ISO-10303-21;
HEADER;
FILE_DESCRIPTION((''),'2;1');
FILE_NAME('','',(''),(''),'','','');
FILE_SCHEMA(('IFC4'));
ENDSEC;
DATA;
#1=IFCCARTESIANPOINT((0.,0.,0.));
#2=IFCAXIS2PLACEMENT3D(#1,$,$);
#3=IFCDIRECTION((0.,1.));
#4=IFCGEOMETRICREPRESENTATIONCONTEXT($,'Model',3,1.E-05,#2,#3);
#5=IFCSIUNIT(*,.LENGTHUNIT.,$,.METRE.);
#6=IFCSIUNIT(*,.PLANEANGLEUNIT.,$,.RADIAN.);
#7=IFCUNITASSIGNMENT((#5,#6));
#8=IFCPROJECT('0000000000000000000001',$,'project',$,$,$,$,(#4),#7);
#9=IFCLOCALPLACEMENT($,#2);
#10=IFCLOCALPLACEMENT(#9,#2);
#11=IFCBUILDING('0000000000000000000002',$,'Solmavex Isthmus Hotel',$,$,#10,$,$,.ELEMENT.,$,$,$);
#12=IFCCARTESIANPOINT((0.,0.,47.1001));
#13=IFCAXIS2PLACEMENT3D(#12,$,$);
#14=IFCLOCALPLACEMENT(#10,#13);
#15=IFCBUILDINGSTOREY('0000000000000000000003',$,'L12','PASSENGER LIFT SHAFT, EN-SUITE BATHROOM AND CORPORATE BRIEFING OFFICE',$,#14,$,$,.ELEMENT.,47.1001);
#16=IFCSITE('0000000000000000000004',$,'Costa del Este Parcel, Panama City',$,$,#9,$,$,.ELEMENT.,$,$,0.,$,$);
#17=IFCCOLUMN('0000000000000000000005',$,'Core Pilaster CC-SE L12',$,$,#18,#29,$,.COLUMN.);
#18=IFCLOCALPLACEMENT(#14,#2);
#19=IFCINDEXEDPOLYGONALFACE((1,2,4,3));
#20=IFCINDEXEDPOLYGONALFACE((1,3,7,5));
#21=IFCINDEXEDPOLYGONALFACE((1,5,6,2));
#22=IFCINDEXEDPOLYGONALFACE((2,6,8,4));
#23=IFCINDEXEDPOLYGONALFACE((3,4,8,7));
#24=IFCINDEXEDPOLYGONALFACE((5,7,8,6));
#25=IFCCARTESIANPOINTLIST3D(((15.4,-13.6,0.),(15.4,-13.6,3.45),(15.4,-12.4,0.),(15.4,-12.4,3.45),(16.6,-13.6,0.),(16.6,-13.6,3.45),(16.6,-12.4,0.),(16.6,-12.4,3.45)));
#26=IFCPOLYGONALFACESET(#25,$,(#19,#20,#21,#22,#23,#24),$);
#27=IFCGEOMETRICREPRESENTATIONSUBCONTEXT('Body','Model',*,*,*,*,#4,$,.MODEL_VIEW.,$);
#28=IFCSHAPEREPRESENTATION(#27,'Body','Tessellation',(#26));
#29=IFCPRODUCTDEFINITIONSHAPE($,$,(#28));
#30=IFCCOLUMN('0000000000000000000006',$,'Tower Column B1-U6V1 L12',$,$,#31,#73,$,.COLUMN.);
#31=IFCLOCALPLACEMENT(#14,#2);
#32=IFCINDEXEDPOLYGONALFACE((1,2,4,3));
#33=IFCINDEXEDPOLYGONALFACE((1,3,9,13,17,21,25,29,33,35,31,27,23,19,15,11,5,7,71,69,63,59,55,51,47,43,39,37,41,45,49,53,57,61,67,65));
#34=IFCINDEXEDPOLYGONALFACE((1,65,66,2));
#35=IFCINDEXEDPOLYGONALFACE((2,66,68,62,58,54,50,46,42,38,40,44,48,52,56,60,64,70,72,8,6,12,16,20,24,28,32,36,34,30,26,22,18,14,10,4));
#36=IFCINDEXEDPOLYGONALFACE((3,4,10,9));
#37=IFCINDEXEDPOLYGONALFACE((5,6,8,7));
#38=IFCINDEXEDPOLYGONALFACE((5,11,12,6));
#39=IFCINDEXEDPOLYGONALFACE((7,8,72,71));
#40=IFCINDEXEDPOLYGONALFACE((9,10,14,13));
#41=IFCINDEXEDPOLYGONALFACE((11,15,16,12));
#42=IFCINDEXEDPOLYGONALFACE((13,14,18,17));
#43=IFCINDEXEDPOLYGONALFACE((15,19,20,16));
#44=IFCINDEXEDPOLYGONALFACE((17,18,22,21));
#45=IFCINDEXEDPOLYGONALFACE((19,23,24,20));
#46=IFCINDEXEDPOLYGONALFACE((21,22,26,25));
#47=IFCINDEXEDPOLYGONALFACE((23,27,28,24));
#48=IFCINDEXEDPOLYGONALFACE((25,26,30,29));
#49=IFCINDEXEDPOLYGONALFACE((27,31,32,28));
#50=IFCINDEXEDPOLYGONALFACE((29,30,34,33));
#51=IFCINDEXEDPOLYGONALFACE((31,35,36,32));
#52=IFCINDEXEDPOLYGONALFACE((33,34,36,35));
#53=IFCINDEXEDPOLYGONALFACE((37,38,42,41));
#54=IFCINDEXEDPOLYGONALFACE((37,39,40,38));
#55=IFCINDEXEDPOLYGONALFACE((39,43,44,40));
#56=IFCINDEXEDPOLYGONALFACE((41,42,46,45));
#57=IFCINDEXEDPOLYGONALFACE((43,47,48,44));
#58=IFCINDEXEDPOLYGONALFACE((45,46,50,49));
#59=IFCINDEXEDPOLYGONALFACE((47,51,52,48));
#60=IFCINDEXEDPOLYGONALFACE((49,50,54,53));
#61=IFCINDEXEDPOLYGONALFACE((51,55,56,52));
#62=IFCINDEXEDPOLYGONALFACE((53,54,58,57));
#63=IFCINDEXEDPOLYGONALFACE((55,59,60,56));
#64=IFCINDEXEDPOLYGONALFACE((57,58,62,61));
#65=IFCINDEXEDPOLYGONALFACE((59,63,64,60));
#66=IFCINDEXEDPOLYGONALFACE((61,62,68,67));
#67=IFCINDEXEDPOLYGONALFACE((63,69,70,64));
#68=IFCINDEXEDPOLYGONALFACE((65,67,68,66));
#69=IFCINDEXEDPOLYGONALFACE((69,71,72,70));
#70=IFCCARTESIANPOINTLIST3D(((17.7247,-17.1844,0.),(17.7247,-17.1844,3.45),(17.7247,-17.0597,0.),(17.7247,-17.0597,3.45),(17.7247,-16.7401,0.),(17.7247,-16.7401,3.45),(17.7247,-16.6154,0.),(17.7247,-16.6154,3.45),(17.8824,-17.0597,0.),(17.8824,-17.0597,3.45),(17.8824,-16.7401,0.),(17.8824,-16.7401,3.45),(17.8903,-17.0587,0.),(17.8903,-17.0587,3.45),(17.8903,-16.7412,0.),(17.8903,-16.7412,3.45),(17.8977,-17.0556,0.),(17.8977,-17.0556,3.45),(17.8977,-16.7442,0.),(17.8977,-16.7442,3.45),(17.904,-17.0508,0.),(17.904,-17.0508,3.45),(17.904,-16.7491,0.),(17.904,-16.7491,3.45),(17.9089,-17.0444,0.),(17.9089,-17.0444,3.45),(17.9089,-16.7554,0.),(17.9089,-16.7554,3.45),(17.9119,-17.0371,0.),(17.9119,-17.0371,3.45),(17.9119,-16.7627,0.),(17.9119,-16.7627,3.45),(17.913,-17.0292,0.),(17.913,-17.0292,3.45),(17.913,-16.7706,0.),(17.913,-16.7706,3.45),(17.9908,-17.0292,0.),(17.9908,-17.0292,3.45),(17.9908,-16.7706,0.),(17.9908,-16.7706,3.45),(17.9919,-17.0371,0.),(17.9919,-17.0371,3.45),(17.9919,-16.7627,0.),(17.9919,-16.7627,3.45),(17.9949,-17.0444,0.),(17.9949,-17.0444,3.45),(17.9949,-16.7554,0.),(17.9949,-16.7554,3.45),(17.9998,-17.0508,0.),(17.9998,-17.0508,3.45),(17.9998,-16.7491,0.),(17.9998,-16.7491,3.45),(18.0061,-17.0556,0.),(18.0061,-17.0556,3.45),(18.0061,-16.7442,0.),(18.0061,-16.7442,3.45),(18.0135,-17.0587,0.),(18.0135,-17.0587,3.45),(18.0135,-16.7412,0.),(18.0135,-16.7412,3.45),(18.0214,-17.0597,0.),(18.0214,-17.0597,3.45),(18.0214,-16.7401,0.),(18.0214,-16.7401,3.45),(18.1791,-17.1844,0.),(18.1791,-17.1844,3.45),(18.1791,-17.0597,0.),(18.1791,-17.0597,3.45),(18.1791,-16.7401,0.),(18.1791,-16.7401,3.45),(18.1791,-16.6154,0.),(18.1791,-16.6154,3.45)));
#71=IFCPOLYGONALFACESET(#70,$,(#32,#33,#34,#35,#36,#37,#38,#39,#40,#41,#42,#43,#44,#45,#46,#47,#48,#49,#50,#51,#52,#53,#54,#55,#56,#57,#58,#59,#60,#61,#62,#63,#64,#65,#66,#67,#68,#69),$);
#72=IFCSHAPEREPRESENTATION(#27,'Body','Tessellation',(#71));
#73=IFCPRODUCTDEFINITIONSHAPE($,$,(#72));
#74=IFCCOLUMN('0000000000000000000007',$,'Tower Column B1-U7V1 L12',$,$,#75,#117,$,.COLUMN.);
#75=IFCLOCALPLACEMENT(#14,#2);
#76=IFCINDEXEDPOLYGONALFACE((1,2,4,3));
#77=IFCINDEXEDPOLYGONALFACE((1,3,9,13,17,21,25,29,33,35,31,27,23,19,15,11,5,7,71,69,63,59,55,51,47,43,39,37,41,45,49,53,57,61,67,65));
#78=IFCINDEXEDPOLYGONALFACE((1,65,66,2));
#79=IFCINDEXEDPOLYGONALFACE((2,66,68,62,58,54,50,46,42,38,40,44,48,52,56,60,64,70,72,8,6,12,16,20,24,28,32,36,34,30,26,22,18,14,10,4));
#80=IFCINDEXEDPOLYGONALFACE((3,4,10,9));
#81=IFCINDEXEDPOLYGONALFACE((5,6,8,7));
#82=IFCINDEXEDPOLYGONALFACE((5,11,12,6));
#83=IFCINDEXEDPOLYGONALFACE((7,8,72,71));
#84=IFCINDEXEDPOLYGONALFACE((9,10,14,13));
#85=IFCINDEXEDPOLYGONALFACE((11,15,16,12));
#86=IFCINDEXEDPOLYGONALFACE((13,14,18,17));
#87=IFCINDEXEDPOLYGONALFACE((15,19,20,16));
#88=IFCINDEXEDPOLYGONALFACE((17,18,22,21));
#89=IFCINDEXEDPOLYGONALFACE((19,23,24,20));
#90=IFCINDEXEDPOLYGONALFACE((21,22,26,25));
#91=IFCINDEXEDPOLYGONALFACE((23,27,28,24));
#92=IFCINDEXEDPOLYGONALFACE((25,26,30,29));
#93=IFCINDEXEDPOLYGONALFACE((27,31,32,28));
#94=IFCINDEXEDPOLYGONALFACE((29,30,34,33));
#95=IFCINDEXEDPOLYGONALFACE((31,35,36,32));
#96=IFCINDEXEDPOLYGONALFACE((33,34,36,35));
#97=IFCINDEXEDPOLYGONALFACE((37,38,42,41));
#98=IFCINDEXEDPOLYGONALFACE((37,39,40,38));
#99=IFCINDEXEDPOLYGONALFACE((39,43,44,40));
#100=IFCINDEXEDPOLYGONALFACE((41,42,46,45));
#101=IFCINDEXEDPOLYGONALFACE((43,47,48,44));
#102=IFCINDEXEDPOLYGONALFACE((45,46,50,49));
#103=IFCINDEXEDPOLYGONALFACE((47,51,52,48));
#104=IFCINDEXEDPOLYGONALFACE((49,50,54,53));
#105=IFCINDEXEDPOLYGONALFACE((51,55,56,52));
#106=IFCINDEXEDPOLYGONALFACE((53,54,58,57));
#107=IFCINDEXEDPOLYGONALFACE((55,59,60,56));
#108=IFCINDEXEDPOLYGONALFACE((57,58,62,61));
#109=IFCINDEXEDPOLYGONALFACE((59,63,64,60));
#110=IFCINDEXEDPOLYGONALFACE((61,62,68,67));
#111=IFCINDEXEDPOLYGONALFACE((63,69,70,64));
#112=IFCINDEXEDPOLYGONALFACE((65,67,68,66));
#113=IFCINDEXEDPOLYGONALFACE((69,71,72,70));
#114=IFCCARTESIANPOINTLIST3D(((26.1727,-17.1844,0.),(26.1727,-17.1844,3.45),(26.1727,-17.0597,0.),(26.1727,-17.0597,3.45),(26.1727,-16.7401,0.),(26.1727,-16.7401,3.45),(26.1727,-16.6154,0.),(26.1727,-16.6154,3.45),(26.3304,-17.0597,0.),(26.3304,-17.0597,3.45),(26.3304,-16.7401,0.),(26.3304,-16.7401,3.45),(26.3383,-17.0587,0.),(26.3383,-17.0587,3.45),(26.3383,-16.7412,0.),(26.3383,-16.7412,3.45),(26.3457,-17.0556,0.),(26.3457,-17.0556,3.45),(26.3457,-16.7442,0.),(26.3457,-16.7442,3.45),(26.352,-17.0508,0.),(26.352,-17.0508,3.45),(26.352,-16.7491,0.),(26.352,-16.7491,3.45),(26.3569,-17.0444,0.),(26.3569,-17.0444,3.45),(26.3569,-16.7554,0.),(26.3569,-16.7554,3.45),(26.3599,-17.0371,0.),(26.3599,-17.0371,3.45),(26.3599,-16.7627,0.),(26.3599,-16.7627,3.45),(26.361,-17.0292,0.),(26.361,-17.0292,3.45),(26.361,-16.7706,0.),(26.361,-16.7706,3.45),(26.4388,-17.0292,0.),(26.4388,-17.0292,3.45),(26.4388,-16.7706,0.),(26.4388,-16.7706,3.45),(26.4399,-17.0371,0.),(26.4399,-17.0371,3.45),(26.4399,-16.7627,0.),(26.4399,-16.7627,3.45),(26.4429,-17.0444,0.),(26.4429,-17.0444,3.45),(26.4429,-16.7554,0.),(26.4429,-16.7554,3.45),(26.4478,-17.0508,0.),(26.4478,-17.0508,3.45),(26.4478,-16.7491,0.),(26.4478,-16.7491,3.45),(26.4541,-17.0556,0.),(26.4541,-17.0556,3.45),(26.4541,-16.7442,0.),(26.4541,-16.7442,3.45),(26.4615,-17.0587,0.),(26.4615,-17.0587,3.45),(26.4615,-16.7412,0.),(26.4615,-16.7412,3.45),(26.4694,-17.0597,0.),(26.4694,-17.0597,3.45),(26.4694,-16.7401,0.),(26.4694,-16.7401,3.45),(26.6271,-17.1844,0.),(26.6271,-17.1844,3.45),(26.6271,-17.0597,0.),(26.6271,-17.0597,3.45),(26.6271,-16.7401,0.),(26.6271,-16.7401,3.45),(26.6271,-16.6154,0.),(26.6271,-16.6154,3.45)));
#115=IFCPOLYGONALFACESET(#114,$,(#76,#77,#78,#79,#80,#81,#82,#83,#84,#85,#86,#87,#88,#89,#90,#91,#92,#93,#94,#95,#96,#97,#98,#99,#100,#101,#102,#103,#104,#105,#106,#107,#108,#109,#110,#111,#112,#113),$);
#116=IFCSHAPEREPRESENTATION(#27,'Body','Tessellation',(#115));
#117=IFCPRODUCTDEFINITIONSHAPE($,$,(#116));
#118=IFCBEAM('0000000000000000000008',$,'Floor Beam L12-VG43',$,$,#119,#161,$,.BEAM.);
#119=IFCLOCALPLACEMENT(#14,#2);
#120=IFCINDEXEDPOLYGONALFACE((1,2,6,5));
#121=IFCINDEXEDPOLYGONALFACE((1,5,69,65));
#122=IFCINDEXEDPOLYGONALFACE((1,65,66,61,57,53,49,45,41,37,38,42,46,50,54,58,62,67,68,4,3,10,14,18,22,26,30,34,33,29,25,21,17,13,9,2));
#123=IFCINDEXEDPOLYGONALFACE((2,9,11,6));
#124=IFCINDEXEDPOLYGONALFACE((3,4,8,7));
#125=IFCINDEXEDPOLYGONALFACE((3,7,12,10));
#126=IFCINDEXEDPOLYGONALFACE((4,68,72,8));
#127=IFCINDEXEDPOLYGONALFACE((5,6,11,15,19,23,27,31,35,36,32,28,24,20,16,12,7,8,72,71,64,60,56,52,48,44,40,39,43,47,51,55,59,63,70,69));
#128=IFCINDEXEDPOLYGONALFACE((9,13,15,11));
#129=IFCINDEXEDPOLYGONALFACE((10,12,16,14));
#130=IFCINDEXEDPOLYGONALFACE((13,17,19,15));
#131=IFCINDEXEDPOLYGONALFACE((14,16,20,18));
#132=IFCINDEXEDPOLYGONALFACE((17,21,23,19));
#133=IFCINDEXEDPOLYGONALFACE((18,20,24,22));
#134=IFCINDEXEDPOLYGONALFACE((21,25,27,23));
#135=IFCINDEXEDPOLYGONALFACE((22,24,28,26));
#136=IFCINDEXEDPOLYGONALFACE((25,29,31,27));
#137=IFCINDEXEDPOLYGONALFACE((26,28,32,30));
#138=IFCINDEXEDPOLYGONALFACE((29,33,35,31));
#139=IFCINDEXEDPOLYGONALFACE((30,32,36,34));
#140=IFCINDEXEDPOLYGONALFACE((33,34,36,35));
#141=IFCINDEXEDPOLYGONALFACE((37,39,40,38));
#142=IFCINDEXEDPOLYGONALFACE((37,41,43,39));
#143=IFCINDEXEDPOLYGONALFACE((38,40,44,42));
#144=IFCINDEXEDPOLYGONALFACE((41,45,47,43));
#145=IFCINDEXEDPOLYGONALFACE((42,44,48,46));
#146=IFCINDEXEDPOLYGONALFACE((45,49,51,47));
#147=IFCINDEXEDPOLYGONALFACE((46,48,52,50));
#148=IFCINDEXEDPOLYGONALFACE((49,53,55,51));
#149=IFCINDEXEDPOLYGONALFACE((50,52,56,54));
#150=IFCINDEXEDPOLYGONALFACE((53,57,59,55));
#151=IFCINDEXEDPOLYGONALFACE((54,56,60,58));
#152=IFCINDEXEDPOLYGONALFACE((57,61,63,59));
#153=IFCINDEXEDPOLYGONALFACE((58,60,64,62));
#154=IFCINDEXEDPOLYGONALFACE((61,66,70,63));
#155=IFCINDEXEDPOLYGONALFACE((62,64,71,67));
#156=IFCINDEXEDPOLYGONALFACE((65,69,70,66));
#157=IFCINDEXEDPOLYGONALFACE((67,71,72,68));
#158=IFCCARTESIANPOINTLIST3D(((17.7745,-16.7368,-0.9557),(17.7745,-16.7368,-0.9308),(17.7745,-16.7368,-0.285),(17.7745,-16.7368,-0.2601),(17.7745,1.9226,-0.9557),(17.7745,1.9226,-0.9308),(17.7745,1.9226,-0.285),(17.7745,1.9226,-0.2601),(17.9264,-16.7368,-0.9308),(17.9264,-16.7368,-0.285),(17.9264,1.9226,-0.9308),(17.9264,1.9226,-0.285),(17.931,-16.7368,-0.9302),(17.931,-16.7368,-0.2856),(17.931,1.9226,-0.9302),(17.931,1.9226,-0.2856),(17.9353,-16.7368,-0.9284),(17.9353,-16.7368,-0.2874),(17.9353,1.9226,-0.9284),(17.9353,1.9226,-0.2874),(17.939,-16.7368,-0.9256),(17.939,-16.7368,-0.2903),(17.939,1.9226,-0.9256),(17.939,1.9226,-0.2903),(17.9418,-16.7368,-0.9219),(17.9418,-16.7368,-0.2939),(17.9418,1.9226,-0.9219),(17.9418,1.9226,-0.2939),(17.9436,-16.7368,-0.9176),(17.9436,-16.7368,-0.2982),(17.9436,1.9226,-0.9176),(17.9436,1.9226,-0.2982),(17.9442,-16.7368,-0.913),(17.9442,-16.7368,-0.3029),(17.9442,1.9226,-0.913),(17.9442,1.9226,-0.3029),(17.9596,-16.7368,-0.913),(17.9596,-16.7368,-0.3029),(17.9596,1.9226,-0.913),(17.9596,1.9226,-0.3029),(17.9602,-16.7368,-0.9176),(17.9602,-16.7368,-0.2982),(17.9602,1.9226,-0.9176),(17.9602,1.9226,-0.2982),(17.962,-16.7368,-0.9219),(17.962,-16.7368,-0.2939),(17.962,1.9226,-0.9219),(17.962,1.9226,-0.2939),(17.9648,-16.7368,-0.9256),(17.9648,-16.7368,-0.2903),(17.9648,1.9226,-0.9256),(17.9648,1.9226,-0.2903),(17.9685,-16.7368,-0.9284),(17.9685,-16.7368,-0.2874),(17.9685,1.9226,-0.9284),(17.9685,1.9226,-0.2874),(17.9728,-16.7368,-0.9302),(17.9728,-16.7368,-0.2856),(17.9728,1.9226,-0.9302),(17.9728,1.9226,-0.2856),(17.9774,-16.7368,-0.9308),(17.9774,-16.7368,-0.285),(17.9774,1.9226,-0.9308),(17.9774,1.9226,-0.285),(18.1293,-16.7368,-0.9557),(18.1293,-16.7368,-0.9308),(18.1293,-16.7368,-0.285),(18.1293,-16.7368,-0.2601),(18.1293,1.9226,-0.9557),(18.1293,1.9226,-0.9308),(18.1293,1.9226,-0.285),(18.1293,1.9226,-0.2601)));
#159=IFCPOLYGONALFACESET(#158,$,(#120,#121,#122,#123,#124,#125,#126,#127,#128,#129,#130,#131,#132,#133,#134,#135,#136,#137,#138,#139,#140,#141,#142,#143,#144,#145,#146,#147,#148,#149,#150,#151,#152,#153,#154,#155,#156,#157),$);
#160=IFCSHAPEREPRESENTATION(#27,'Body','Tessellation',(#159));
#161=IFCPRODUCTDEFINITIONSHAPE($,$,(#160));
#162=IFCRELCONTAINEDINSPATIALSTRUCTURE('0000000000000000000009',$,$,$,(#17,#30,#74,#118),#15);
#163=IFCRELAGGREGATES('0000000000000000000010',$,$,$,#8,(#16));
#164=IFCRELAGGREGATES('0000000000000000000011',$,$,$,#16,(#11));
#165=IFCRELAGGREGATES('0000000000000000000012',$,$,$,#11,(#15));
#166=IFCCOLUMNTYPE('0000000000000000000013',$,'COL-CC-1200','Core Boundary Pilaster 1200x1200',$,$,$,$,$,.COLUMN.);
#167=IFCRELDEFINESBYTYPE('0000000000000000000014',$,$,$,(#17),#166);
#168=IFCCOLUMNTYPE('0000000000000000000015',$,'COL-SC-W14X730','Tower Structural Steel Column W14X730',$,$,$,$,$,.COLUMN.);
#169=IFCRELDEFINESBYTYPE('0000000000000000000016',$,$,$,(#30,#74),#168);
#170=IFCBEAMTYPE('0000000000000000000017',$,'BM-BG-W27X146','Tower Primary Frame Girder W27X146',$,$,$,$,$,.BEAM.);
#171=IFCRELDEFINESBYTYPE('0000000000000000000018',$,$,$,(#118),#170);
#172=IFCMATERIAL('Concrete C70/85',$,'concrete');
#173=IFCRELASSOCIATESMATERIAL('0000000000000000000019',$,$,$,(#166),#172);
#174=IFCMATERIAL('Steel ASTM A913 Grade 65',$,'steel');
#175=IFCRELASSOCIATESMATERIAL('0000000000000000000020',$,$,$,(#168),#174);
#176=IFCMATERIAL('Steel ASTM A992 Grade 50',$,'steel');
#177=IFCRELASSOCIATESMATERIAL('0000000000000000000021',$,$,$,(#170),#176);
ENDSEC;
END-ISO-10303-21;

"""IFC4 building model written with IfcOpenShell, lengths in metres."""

from ifc_helpers import new_model, si_unit, direction, frame, origin, origin_2d, place, context, subcontext, project, spatial, rectangle, i_section, extrude, material, material_profile, profile_set, type_object, element, save


model = new_model("IFC4")

# Units and contexts
model_context = context("Model", 3, precision=1e-05, world=origin(), true_north=direction((0.0, 1.0)))
body_context = subcontext(model_context, "Body", "Model", "MODEL_VIEW")
ifc_project = project(units=[si_unit("LENGTHUNIT", "METRE"), si_unit("PLANEANGLEUNIT", "RADIAN")], contexts=[model_context])

# Site, building, storey
site_placement = place(None, origin())
site = spatial("IfcSite", under=ifc_project, at=site_placement, Name="Costa del Este Parcel, Panama City", CompositionType="ELEMENT", RefElevation=0.0)
building_placement = place(site_placement, origin())
building = spatial("IfcBuilding", under=site, at=building_placement, Name="Solmavex Isthmus Hotel", CompositionType="ELEMENT")
storey_placement = place(building_placement, frame((0.0, 0.0, 47.1001)))
storey = spatial("IfcBuildingStorey", under=building, at=storey_placement, Name="L12", Description="PASSENGER LIFT SHAFT, EN-SUITE BATHROOM AND CORPORATE BRIEFING OFFICE", CompositionType="ELEMENT", Elevation=47.1001)

# Columns
ifc_material_1 = material(Name="Concrete C70/85", Category="concrete")
ifc_material_profile_1 = material_profile(ifc_material_1, rectangle(XDim=1.2, YDim=1.2, at=origin_2d()), Name="RC1200X1200")
ifc_profile_set_1 = profile_set([ifc_material_profile_1], Name="Concrete C70/85")
column_type_1 = type_object("IfcColumnType", Name="COL-CC-1200", Description="Core Boundary Pilaster 1200x1200", PredefinedType="COLUMN", material=ifc_profile_set_1)
column_placement = place(storey_placement, frame((16.0, -13.0, 0.0), z_axis=(0.0, 0.0, 1.0), x_axis=(1.0, 0.0, 0.0)))
element("IfcColumn", 1, at=column_placement, inside=storey, type_object=column_type_1, Name="Core Pilaster CC-SE L12", PredefinedType="COLUMN", context=body_context, shape_type="SweptSolid", body=[
    extrude(rectangle(XDim=1.2, YDim=1.2, at=origin_2d()), origin(), (0.0, 0.0, 1.0), 3.45),
])
ifc_material_2 = material(Name="Steel ASTM A913 Grade 65", Category="steel")
ifc_material_profile_2 = material_profile(ifc_material_2, i_section(OverallWidth=0.4543, OverallDepth=0.5691, WebThickness=0.0779, FlangeThickness=0.1248, FilletRadius=0.0305, at=origin_2d()), Name="W14X730")
ifc_profile_set_2 = profile_set([ifc_material_profile_2], Name="Steel ASTM A913 Grade 65")
column_type_2 = type_object("IfcColumnType", Name="COL-SC-W14X730", Description="Tower Structural Steel Column W14X730", PredefinedType="COLUMN", material=ifc_profile_set_2)
for number, where, z_axis, x_axis, name in (
    (2, (17.9519, -16.8999, 0.0), (0.0, 0.0, 1.0), (1.0, 0.0, 0.0), "Tower Column B1-U6V1 L12"),
    (3, (26.3999, -16.8999, 0.0), (0.0, 0.0, 1.0), (1.0, 0.0, 0.0), "Tower Column B1-U7V1 L12"),
):
    element("IfcColumn", number, at=place(storey_placement, frame(where, z_axis=z_axis, x_axis=x_axis)), inside=storey, type_object=column_type_2, Name=name, PredefinedType="COLUMN", context=body_context, shape_type="SweptSolid", body=[
        extrude(i_section(OverallWidth=0.4543, OverallDepth=0.5691, WebThickness=0.0779, FlangeThickness=0.1248, FilletRadius=0.0305, at=origin_2d()), origin(), (0.0, 0.0, 1.0), 3.45),
    ])

# Beam
ifc_material_3 = material(Name="Steel ASTM A992 Grade 50", Category="steel")
ifc_material_profile_3 = material_profile(ifc_material_3, i_section(OverallWidth=0.3547, OverallDepth=0.6956, WebThickness=0.0154, FlangeThickness=0.0249, FilletRadius=0.0178, at=origin_2d()), Name="W27X146")
ifc_profile_set_3 = profile_set([ifc_material_profile_3], Name="Steel ASTM A992 Grade 50")
beam_type_1 = type_object("IfcBeamType", Name="BM-BG-W27X146", Description="Tower Primary Frame Girder W27X146", PredefinedType="BEAM", material=ifc_profile_set_3)
beam_1_placement = place(storey_placement, frame((17.9519, -16.7368, -0.6079), z_axis=(0.0, 1.0, 0.0), x_axis=(-1.0, 0.0, 0.0)))
element("IfcBeam", 4, at=beam_1_placement, inside=storey, type_object=beam_type_1, Name="Floor Beam L12-VG43", PredefinedType="BEAM", context=body_context, shape_type="SweptSolid", body=[
    extrude(i_section(OverallWidth=0.3547, OverallDepth=0.6956, WebThickness=0.0154, FlangeThickness=0.0249, FilletRadius=0.0178, at=origin_2d()), origin(), (0.0, 0.0, 1.0), 18.6594),
])

save(model, "model.ifc")
